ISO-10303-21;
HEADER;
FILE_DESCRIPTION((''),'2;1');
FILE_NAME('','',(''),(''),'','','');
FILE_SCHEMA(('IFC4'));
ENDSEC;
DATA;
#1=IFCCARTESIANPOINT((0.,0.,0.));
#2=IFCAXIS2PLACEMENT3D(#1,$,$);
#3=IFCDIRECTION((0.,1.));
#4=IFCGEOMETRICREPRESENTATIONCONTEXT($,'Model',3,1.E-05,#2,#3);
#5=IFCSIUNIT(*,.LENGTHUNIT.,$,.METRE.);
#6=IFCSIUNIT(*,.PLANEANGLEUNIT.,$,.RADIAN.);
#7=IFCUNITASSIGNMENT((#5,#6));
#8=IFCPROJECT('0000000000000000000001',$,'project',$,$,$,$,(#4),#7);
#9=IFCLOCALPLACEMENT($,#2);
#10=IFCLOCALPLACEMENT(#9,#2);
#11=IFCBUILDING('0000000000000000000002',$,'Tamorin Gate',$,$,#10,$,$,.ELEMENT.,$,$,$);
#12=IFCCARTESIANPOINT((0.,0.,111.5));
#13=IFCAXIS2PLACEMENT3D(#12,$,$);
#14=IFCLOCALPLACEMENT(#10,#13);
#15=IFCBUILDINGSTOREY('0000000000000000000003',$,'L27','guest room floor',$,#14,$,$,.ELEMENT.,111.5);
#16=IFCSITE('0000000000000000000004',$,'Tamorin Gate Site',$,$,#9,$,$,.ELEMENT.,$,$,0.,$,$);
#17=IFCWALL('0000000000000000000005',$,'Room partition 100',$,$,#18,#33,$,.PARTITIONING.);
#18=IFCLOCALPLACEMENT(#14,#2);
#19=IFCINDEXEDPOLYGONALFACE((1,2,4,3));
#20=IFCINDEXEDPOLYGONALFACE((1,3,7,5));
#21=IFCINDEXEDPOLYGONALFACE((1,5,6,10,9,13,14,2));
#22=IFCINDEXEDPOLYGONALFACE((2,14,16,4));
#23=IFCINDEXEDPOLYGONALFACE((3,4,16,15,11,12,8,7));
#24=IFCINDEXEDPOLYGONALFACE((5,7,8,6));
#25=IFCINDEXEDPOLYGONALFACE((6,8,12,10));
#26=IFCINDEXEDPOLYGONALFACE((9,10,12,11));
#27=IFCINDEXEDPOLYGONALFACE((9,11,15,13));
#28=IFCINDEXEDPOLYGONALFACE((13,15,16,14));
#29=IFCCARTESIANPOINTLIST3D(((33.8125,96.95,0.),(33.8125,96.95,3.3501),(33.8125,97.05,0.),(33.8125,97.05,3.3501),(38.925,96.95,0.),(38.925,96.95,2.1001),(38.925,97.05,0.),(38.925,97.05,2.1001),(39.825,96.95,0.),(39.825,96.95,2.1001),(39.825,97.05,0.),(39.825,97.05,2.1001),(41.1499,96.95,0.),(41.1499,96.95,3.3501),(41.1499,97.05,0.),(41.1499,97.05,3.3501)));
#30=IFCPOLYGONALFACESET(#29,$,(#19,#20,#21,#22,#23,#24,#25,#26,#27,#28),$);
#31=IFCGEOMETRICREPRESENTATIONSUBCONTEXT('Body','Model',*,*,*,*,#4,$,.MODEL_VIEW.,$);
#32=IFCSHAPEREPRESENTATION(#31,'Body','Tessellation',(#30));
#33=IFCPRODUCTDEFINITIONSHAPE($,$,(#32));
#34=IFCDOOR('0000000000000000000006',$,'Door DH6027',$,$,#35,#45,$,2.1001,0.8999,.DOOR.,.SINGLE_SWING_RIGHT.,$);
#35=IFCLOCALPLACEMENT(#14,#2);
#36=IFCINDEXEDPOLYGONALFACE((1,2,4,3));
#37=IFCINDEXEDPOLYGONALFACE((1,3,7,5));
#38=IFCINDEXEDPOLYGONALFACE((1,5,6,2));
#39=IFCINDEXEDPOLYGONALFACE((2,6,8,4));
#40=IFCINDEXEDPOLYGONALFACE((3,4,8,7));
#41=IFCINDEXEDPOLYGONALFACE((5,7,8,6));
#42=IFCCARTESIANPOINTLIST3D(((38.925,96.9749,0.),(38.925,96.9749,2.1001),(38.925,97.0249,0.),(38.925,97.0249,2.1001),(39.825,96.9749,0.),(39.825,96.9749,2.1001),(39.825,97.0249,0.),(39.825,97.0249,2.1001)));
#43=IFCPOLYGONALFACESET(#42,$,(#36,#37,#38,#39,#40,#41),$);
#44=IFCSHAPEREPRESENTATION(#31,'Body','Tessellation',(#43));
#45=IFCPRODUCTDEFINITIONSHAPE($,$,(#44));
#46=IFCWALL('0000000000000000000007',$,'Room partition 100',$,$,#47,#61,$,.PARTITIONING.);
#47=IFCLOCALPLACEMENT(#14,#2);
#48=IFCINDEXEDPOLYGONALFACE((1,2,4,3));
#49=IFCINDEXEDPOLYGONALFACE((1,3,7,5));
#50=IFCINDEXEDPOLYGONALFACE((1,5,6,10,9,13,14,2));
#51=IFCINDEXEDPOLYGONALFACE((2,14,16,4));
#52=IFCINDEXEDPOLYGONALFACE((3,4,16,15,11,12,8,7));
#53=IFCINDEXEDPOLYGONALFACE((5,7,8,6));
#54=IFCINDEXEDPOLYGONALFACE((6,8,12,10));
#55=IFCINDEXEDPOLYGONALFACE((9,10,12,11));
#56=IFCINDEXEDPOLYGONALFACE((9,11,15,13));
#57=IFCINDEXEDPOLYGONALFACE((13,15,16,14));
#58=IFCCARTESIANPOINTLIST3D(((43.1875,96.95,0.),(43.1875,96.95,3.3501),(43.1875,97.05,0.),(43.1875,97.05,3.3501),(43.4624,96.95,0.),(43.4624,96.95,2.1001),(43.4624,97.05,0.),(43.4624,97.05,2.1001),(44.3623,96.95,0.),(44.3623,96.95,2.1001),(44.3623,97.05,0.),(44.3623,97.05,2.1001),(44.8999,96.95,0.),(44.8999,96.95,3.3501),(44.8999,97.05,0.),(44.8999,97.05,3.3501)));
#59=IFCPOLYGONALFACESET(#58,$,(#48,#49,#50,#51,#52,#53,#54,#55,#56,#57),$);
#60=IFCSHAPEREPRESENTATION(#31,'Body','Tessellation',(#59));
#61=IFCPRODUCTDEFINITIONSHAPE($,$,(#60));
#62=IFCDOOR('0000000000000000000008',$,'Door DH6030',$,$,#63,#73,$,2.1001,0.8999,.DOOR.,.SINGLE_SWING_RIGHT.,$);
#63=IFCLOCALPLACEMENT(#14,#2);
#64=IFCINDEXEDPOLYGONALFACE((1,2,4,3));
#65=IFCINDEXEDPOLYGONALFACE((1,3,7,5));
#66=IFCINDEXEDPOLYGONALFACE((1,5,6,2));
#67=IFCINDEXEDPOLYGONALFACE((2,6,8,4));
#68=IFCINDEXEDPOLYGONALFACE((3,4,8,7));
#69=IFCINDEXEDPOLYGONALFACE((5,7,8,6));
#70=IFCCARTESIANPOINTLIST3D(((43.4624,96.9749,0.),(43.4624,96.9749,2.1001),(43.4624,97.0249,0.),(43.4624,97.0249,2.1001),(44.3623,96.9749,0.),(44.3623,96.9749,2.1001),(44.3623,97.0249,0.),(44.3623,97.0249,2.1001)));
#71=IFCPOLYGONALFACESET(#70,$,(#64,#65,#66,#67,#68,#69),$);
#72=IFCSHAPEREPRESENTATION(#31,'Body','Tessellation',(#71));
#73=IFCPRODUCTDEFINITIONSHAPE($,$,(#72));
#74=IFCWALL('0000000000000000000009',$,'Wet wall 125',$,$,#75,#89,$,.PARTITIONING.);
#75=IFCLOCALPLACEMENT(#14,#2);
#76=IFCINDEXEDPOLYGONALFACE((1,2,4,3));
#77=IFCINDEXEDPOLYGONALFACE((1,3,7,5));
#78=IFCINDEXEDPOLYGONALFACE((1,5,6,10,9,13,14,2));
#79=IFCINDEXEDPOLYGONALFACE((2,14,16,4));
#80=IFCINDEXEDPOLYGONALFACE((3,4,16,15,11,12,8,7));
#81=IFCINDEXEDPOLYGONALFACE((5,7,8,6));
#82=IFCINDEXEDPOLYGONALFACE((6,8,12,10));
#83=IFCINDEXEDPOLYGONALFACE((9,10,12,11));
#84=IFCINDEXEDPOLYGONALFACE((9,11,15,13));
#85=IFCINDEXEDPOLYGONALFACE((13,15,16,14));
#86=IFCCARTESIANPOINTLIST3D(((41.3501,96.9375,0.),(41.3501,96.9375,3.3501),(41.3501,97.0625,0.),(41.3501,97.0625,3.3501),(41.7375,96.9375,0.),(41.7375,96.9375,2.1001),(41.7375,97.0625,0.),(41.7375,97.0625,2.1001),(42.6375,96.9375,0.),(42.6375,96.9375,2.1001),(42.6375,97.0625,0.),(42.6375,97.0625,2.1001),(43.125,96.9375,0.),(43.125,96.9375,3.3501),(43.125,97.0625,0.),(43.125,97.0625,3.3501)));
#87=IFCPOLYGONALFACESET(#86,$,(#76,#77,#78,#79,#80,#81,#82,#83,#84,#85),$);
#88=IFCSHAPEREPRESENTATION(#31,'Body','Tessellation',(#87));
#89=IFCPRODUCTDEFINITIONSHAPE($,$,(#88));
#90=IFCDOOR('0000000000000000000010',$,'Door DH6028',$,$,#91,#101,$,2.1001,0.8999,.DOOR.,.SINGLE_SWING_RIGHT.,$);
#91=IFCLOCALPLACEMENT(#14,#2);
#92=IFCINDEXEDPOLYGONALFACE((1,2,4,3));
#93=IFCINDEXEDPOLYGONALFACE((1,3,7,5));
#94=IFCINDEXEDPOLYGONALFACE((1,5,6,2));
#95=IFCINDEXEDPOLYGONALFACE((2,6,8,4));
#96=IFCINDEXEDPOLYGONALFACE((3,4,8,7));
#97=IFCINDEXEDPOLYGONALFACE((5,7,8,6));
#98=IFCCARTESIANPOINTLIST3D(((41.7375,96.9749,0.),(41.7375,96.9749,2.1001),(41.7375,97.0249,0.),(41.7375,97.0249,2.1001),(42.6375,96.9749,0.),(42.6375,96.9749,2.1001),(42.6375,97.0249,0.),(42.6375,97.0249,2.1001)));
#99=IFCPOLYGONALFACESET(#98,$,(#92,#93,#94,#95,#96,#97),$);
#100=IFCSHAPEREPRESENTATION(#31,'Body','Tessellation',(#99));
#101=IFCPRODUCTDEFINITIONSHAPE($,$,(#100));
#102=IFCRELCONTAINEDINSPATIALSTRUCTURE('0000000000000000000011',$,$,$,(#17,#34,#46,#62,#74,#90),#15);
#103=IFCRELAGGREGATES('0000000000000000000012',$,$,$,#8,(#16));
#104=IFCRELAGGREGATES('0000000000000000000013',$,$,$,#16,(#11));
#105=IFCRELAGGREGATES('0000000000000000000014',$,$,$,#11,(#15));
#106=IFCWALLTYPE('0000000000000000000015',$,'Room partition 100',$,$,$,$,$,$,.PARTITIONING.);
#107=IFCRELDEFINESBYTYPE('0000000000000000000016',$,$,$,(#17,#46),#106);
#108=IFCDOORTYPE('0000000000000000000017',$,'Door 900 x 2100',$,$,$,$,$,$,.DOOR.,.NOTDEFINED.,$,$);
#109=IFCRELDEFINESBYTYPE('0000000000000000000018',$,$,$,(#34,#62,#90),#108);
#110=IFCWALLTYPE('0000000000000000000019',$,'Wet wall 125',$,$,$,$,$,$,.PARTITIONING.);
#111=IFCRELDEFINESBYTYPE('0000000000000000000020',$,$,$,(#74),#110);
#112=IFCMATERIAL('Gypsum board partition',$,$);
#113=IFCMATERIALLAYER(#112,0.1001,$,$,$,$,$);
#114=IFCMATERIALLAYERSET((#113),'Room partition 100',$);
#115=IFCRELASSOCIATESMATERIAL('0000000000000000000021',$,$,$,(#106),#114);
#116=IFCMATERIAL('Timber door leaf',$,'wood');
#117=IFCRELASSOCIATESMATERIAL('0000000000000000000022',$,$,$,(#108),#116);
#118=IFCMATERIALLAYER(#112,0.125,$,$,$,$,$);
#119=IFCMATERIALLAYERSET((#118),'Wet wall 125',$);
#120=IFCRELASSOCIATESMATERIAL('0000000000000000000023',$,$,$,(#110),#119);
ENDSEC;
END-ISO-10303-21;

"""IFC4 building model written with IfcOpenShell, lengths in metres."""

from ifc_helpers import new_model, si_unit, direction, frame, frame_2d, origin, place, context, subcontext, project, spatial, rectangle, extrude, material, layer, layer_set, type_object, element, fill, save


model = new_model("IFC4")

# Units and contexts
model_context = context("Model", 3, precision=1e-05, world=origin(), true_north=direction((0.0, 1.0)))
body_context = subcontext(model_context, "Body", "Model", "MODEL_VIEW")
ifc_project = project(units=[si_unit("LENGTHUNIT", "METRE"), si_unit("PLANEANGLEUNIT", "RADIAN")], contexts=[model_context])

# Site, building, storey
site_placement = place(None, origin())
site = spatial("IfcSite", under=ifc_project, at=site_placement, Name="Tamorin Gate Site", CompositionType="ELEMENT", RefElevation=0.0)
building_placement = place(site_placement, origin())
building = spatial("IfcBuilding", under=site, at=building_placement, Name="Tamorin Gate", CompositionType="ELEMENT")
storey_placement = place(building_placement, frame((0.0, 0.0, 111.5)))
storey = spatial("IfcBuildingStorey", under=building, at=storey_placement, Name="L27", Description="guest room floor", CompositionType="ELEMENT", Elevation=111.5)

# Walls, openings, doors
ifc_material_1 = material(Name="Gypsum board partition")
ifc_layer_1 = layer(ifc_material_1, 0.1001)
ifc_layer_set_1 = layer_set([ifc_layer_1], Name="Room partition 100")
wall_type_1 = type_object("IfcWallType", Name="Room partition 100", PredefinedType="PARTITIONING", material=ifc_layer_set_1)
wall_1_placement = place(storey_placement, frame((33.8125, 97.0, 0.0), z_axis=(0.0, 0.0, 1.0), x_axis=(1.0, 0.0, 0.0)))
wall_1 = element("IfcWall", 1, at=wall_1_placement, inside=storey, type_object=wall_type_1, Name="Room partition 100", PredefinedType="PARTITIONING", context=body_context, shape_type="SweptSolid", body=[
    extrude(rectangle(XDim=7.3374, YDim=0.1001, at=frame_2d((3.6687, 0.0))), origin(), (0.0, 0.0, 1.0), 3.3501),
])
opening_1_placement = place(wall_1_placement, frame((5.1125, 0.0, 0.0)))
opening_1 = element("IfcOpeningElement", 2, at=opening_1_placement, cuts=wall_1, PredefinedType="OPENING", context=body_context, shape_type="SweptSolid", body=[
    extrude(rectangle(XDim=0.8999, YDim=2.1001, at=frame_2d((0.45, 1.05))), frame((0.0, 0.0601, 0.0), z_axis=(0.0, -1.0, 0.0), x_axis=(1.0, 0.0, 0.0)), (0.0, 0.0, 1.0), 0.1201),
])
ifc_material_2 = material(Name="Timber door leaf", Category="wood")
door_type = type_object("IfcDoorType", Name="Door 900 x 2100", OperationType="NOTDEFINED", PredefinedType="DOOR", material=ifc_material_2)
door_1_placement = place(opening_1_placement, origin())
door_1 = element("IfcDoor", 3, at=door_1_placement, inside=storey, type_object=door_type, Name="Door DH6027", OperationType="SINGLE_SWING_RIGHT", OverallHeight=2.1001, OverallWidth=0.8999, PredefinedType="DOOR", context=body_context, shape_type="SweptSolid", body=[
    extrude(rectangle(XDim=0.8999, YDim=2.1001, at=frame_2d((0.45, 1.05))), frame((0.0, 0.0249, 0.0), z_axis=(0.0, -1.0, 0.0), x_axis=(1.0, 0.0, 0.0)), (0.0, 0.0, 1.0), 0.05),
])
fill(opening_1, door_1)
wall_2_placement = place(storey_placement, frame((43.1875, 97.0, 0.0), z_axis=(0.0, 0.0, 1.0), x_axis=(1.0, 0.0, 0.0)))
wall_2 = element("IfcWall", 4, at=wall_2_placement, inside=storey, type_object=wall_type_1, Name="Room partition 100", PredefinedType="PARTITIONING", context=body_context, shape_type="SweptSolid", body=[
    extrude(rectangle(XDim=1.7124, YDim=0.1001, at=frame_2d((0.8562, 0.0))), origin(), (0.0, 0.0, 1.0), 3.3501),
])
opening_2_placement = place(wall_2_placement, frame((0.2749, 0.0, 0.0)))
opening_2 = element("IfcOpeningElement", 5, at=opening_2_placement, cuts=wall_2, PredefinedType="OPENING", context=body_context, shape_type="SweptSolid", body=[
    extrude(rectangle(XDim=0.8999, YDim=2.1001, at=frame_2d((0.45, 1.05))), frame((0.0, 0.0601, 0.0), z_axis=(0.0, -1.0, 0.0), x_axis=(1.0, 0.0, 0.0)), (0.0, 0.0, 1.0), 0.1201),
])
door_2_placement = place(opening_2_placement, origin())
door_2 = element("IfcDoor", 6, at=door_2_placement, inside=storey, type_object=door_type, Name="Door DH6030", OperationType="SINGLE_SWING_RIGHT", OverallHeight=2.1001, OverallWidth=0.8999, PredefinedType="DOOR", context=body_context, shape_type="SweptSolid", body=[
    extrude(rectangle(XDim=0.8999, YDim=2.1001, at=frame_2d((0.45, 1.05))), frame((0.0, 0.0249, 0.0), z_axis=(0.0, -1.0, 0.0), x_axis=(1.0, 0.0, 0.0)), (0.0, 0.0, 1.0), 0.05),
])
fill(opening_2, door_2)
ifc_layer_2 = layer(ifc_material_1, 0.125)
ifc_layer_set_2 = layer_set([ifc_layer_2], Name="Wet wall 125")
wall_type_2 = type_object("IfcWallType", Name="Wet wall 125", PredefinedType="PARTITIONING", material=ifc_layer_set_2)
wall_3_placement = place(storey_placement, frame((41.3501, 97.0, 0.0), z_axis=(0.0, 0.0, 1.0), x_axis=(1.0, 0.0, 0.0)))
wall_3 = element("IfcWall", 7, at=wall_3_placement, inside=storey, type_object=wall_type_2, Name="Wet wall 125", PredefinedType="PARTITIONING", context=body_context, shape_type="SweptSolid", body=[
    extrude(rectangle(XDim=1.7749, YDim=0.125, at=frame_2d((0.8875, 0.0))), origin(), (0.0, 0.0, 1.0), 3.3501),
])
opening_3_placement = place(wall_3_placement, frame((0.3875, 0.0, 0.0)))
opening_3 = element("IfcOpeningElement", 8, at=opening_3_placement, cuts=wall_3, PredefinedType="OPENING", context=body_context, shape_type="SweptSolid", body=[
    extrude(rectangle(XDim=0.8999, YDim=2.1001, at=frame_2d((0.45, 1.05))), frame((0.0, 0.0725, 0.0), z_axis=(0.0, -1.0, 0.0), x_axis=(1.0, 0.0, 0.0)), (0.0, 0.0, 1.0), 0.145),
])
door_3_placement = place(opening_3_placement, origin())
door_3 = element("IfcDoor", 9, at=door_3_placement, inside=storey, type_object=door_type, Name="Door DH6028", OperationType="SINGLE_SWING_RIGHT", OverallHeight=2.1001, OverallWidth=0.8999, PredefinedType="DOOR", context=body_context, shape_type="SweptSolid", body=[
    extrude(rectangle(XDim=0.8999, YDim=2.1001, at=frame_2d((0.45, 1.05))), frame((0.0, 0.0249, 0.0), z_axis=(0.0, -1.0, 0.0), x_axis=(1.0, 0.0, 0.0)), (0.0, 0.0, 1.0), 0.05),
])
fill(opening_3, door_3)

save(model, "model.ifc")
